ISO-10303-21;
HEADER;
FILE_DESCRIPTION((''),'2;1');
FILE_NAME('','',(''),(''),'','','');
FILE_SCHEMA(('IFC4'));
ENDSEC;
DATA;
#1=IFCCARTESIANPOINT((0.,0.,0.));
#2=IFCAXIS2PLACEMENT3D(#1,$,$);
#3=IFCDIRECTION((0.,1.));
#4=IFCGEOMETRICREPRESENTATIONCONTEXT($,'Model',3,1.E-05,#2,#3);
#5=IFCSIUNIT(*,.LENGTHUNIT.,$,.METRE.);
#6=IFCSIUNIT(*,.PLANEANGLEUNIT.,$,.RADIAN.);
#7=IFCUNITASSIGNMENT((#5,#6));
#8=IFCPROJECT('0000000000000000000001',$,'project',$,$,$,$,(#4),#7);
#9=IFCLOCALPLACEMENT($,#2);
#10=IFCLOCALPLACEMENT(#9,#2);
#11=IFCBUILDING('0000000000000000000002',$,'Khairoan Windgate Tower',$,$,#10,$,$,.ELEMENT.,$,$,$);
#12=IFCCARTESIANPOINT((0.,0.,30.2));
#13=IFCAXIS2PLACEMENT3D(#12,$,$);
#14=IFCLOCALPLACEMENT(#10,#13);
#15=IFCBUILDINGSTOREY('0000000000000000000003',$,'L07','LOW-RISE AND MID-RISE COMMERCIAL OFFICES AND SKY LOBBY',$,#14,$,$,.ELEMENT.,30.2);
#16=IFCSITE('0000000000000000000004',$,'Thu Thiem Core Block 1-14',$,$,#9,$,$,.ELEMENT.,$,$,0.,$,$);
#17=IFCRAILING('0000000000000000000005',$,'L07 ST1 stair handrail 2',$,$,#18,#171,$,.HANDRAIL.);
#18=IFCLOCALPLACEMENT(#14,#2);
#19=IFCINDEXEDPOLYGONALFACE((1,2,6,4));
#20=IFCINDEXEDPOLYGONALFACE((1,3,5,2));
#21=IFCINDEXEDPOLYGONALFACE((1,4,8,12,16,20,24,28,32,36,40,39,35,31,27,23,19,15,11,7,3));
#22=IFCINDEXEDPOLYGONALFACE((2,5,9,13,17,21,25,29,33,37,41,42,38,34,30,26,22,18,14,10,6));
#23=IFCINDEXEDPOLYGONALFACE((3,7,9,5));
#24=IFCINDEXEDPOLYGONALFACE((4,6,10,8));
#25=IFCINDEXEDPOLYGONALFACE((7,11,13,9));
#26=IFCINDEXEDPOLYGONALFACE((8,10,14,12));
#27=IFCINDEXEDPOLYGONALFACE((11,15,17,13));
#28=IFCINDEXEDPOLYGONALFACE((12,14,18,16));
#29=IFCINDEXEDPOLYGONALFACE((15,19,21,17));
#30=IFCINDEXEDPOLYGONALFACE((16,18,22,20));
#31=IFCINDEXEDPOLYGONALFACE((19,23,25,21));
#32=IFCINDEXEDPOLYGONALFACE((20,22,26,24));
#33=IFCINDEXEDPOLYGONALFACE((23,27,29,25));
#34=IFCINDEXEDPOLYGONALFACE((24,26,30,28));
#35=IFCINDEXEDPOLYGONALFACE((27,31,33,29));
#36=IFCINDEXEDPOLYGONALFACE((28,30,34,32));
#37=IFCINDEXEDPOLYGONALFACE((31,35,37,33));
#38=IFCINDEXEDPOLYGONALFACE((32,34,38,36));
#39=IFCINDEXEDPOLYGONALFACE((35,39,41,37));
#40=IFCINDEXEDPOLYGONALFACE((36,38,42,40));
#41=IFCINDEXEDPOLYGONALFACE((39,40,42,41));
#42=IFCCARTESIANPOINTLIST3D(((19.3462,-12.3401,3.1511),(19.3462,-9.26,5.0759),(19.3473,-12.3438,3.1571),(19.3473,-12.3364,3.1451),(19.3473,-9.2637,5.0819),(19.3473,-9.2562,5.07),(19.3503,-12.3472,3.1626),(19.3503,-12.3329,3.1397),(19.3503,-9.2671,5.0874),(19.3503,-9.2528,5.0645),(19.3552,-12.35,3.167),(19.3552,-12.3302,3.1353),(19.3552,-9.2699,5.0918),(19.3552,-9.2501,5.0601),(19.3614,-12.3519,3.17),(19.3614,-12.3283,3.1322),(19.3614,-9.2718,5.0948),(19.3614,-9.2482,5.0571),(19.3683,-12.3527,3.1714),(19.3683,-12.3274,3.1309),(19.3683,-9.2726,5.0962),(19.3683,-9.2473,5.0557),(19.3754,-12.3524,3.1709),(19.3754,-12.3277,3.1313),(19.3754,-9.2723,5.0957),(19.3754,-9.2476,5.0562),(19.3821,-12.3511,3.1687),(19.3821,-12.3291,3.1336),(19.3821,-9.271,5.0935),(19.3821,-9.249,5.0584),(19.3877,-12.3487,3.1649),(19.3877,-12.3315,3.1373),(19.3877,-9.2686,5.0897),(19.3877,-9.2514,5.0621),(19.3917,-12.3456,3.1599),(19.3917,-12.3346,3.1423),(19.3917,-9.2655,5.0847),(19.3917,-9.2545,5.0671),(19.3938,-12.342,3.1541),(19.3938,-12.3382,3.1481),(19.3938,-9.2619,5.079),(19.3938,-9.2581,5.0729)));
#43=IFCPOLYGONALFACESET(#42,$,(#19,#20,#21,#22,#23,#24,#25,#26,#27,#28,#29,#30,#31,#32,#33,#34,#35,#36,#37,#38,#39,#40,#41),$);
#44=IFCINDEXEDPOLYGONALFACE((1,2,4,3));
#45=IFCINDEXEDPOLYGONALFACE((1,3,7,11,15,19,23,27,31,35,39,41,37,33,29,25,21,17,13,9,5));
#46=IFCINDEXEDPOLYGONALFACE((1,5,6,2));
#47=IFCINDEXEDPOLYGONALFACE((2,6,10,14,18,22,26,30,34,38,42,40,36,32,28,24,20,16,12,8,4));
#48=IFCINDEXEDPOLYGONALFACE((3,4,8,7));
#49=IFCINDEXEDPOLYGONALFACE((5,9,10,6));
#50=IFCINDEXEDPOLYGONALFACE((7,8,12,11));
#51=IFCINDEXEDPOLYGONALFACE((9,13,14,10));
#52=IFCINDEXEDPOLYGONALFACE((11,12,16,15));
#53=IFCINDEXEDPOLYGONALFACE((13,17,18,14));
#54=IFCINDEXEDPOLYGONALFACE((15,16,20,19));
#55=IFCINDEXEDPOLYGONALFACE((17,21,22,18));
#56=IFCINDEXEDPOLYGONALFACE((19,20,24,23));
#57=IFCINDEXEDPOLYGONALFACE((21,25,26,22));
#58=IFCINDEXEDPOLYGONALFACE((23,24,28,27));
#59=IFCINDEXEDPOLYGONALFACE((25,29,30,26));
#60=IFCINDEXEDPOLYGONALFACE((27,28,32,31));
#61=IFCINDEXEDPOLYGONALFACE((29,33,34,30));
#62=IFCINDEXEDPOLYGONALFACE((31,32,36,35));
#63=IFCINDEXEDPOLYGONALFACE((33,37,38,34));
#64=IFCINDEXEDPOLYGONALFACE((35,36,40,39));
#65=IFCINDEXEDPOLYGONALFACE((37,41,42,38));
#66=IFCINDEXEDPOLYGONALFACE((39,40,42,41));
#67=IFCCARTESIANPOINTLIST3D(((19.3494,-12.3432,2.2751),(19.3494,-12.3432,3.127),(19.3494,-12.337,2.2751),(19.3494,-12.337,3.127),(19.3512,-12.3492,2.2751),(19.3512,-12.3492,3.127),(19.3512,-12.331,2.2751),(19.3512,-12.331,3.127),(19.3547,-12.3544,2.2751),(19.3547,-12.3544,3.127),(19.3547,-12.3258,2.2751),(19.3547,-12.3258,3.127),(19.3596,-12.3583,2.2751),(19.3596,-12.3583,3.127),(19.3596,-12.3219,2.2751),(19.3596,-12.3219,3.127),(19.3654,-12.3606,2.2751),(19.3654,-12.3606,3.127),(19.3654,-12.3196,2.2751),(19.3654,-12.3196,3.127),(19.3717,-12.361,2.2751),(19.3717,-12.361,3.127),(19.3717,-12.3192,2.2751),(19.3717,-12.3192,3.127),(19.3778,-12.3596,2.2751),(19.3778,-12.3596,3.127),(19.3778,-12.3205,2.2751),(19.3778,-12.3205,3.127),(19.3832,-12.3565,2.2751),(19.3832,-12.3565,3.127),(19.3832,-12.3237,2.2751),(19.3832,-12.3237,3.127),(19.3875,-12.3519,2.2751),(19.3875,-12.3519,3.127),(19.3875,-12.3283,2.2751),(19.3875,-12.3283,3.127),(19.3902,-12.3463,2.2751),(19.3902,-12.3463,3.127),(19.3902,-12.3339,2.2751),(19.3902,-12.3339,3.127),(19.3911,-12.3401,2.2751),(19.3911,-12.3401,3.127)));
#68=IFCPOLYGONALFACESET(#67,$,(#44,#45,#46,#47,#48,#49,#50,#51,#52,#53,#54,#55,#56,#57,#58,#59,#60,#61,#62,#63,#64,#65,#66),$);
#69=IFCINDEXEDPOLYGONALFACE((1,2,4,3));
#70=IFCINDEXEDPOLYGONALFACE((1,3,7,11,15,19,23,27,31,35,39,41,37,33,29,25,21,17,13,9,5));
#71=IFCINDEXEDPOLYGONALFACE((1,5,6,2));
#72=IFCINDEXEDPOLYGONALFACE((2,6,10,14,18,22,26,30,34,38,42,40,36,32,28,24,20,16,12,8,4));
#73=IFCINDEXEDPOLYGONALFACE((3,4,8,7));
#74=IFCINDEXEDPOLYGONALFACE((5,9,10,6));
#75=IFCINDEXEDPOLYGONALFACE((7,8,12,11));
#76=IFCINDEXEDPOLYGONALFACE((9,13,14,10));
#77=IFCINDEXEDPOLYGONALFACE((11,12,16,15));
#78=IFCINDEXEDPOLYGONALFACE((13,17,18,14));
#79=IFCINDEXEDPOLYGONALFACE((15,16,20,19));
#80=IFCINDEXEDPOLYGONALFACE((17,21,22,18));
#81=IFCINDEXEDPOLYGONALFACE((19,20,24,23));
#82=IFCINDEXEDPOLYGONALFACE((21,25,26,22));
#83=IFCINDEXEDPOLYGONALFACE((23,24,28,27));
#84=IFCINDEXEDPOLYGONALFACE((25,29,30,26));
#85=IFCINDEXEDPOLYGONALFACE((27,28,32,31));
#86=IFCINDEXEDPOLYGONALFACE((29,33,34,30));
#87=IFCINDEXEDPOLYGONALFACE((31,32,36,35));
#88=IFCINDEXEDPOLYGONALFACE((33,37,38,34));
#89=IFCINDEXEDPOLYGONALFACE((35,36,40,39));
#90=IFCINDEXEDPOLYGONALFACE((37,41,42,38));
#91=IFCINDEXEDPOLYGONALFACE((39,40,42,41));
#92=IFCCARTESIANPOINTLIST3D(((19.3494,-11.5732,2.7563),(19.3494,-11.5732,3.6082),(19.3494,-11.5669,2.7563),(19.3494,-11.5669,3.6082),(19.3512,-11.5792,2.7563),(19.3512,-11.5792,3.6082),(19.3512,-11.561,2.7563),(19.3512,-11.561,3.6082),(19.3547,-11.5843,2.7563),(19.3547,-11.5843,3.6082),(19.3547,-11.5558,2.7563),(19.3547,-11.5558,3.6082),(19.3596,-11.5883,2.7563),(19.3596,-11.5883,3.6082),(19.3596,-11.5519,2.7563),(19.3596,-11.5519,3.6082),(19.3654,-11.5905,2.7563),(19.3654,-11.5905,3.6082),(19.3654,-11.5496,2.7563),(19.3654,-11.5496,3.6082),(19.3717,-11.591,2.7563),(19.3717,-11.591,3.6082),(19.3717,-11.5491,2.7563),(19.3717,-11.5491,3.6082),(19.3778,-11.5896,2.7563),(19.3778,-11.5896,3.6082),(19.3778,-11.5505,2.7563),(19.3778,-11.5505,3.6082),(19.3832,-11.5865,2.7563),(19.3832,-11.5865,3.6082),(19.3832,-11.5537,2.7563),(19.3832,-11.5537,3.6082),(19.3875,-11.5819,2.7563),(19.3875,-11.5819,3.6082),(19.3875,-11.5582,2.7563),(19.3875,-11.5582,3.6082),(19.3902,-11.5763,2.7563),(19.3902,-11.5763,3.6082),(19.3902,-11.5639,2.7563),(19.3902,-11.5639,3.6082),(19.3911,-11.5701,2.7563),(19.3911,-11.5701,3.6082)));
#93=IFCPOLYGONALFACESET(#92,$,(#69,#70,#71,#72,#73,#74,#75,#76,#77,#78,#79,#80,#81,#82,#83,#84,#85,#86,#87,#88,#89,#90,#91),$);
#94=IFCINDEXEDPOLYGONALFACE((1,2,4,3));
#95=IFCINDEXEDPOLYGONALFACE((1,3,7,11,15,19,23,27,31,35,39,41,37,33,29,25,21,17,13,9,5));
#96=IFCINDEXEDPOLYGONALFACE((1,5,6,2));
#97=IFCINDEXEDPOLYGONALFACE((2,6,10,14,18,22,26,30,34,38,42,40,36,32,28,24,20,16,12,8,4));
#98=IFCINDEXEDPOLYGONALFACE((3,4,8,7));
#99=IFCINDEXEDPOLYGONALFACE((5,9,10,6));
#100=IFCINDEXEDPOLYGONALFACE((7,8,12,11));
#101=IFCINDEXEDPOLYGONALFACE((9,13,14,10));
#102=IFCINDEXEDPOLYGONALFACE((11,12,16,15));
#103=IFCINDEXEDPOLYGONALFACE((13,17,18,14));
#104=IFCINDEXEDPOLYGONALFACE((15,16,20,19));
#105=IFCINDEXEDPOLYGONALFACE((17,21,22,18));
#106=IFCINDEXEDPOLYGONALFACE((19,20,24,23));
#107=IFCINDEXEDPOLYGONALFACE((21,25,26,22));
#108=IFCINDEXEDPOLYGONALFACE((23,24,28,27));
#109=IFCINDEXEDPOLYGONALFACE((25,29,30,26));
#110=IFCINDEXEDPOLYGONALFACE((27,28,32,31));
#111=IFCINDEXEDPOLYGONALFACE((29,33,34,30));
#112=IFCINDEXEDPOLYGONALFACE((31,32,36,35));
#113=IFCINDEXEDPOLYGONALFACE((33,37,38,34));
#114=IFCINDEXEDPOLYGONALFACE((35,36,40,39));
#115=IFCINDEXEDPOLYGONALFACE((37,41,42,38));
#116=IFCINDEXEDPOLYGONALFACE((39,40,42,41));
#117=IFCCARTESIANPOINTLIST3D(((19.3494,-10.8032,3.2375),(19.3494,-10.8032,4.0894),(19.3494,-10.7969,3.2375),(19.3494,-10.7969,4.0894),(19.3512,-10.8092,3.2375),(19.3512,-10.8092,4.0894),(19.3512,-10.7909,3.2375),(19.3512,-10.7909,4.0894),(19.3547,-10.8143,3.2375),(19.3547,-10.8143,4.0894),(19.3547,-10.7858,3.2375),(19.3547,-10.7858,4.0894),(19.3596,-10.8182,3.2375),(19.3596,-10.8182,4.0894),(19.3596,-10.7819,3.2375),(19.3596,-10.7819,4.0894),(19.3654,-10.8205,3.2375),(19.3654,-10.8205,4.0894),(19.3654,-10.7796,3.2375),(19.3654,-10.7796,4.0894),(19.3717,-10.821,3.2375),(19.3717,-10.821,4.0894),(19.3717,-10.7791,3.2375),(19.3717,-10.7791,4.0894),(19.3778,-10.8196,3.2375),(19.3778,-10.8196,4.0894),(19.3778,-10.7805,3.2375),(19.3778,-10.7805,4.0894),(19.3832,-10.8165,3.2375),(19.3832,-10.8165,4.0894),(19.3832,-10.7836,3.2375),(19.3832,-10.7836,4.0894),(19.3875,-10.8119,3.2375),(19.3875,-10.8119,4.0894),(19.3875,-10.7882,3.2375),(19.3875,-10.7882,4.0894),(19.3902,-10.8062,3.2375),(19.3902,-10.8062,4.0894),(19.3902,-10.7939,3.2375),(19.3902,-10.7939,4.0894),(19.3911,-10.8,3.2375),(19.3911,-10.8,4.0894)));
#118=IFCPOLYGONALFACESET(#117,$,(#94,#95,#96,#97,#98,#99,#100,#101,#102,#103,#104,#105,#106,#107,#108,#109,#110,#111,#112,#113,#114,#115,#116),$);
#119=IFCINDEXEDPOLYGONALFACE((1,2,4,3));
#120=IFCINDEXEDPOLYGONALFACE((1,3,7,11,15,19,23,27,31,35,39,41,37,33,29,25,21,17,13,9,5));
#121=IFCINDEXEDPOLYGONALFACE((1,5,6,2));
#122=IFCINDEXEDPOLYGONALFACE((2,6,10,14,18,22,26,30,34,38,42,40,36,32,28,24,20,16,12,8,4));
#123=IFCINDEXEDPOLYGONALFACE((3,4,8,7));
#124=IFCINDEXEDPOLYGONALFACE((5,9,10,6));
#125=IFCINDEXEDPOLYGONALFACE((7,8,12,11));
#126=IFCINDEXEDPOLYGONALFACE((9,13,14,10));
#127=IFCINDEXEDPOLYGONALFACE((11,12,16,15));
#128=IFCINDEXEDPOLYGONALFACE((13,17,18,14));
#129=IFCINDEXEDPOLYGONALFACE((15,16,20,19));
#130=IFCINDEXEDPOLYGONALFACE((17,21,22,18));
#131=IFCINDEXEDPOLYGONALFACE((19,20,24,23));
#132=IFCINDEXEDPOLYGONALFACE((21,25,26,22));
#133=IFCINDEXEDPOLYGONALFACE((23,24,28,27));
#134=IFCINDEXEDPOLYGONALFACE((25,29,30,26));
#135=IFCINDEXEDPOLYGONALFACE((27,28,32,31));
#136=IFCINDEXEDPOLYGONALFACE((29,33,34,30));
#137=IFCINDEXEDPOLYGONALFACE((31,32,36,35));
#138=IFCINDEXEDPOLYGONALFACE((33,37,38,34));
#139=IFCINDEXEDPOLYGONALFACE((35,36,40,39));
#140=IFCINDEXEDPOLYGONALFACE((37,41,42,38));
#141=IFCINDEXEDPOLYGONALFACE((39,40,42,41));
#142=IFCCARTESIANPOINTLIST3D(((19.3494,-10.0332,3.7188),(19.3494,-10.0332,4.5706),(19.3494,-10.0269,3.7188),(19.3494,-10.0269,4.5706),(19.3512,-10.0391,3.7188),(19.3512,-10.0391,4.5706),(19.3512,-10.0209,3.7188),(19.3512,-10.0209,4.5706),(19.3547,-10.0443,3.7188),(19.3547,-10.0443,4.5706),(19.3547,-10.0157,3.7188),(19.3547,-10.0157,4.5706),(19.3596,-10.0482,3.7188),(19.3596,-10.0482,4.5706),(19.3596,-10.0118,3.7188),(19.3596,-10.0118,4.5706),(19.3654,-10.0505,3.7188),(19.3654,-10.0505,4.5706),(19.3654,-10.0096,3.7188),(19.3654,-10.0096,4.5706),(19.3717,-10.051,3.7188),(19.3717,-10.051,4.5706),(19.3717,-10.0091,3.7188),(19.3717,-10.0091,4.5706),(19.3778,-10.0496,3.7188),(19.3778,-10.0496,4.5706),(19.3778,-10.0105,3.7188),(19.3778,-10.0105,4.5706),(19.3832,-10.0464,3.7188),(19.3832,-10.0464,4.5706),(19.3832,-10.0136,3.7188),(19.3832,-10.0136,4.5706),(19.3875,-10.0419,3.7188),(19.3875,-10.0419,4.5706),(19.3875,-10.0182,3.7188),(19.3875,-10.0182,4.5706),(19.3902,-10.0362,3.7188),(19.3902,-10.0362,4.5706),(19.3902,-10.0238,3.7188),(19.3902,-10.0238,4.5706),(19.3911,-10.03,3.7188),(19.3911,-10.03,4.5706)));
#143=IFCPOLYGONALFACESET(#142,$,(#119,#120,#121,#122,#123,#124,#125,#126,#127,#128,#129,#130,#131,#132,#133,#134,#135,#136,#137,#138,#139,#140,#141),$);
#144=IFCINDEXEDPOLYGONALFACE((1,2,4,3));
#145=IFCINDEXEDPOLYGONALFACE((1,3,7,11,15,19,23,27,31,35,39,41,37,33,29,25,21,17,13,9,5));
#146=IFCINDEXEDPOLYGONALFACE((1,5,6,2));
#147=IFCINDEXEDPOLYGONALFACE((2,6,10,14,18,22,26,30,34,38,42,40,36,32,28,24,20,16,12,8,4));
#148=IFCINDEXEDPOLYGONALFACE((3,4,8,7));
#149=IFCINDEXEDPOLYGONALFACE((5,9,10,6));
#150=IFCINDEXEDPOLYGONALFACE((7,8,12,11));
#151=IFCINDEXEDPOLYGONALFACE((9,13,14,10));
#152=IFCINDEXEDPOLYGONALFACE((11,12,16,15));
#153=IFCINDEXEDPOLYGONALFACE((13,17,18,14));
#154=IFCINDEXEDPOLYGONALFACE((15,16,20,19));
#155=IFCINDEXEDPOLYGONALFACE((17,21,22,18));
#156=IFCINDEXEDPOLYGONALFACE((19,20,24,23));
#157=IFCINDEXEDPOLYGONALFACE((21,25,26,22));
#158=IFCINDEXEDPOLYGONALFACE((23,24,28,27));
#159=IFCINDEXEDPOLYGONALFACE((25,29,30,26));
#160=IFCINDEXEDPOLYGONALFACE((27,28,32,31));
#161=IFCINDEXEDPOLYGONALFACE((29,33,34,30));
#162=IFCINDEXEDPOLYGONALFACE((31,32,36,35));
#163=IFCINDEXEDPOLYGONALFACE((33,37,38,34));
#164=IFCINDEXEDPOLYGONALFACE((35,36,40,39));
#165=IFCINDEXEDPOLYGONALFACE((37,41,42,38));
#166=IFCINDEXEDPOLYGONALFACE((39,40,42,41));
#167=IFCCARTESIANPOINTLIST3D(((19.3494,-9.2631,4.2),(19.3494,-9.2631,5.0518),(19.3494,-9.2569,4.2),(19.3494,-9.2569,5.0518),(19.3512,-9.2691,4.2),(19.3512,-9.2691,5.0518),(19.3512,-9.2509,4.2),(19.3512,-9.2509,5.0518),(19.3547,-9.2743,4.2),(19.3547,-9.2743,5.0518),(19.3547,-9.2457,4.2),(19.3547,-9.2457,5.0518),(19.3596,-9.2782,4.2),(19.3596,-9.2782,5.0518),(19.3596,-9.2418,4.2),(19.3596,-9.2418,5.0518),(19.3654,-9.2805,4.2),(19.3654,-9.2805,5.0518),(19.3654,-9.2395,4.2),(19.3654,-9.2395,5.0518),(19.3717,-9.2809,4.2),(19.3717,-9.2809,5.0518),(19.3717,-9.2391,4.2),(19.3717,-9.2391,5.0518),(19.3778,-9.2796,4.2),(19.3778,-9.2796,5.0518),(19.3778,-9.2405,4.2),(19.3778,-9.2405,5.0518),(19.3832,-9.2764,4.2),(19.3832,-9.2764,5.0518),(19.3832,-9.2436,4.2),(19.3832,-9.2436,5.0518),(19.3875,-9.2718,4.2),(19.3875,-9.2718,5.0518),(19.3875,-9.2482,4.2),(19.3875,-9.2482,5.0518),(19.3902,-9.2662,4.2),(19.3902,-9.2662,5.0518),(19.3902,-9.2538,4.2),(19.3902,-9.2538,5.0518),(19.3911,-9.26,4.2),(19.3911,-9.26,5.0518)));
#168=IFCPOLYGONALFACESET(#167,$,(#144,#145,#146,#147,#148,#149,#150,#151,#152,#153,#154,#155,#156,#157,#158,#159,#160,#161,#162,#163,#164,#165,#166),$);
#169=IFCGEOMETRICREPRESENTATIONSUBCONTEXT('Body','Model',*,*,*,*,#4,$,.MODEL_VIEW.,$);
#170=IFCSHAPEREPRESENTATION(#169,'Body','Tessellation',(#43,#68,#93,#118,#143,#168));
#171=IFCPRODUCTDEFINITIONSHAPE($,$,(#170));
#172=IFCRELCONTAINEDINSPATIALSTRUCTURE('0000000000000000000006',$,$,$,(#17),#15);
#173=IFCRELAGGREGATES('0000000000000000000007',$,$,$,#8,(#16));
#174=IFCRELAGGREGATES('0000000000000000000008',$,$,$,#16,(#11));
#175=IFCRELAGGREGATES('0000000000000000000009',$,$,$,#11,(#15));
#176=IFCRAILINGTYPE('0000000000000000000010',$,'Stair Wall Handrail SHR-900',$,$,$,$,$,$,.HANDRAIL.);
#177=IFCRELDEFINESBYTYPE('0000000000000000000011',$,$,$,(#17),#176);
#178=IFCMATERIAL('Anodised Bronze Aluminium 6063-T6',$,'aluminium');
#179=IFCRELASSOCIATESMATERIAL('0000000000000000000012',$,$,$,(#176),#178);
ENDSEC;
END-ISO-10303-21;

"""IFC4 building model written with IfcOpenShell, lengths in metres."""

from ifc_helpers import new_model, si_unit, direction, frame, origin, origin_2d, place, context, subcontext, project, spatial, circle, extrude, material, type_object, element, save


model = new_model("IFC4")

# Units and contexts
model_context = context("Model", 3, precision=1e-05, world=origin(), true_north=direction((0.0, 1.0)))
body_context = subcontext(model_context, "Body", "Model", "MODEL_VIEW")
ifc_project = project(units=[si_unit("LENGTHUNIT", "METRE"), si_unit("PLANEANGLEUNIT", "RADIAN")], contexts=[model_context])

# Site, building, storey
site_placement = place(None, origin())
site = spatial("IfcSite", under=ifc_project, at=site_placement, Name="Thu Thiem Core Block 1-14", CompositionType="ELEMENT", RefElevation=0.0)
building_placement = place(site_placement, origin())
building = spatial("IfcBuilding", under=site, at=building_placement, Name="Khairoan Windgate Tower", CompositionType="ELEMENT")
storey_placement = place(building_placement, frame((0.0, 0.0, 30.2)))
storey = spatial("IfcBuildingStorey", under=building, at=storey_placement, Name="L07", Description="LOW-RISE AND MID-RISE COMMERCIAL OFFICES AND SKY LOBBY", CompositionType="ELEMENT", Elevation=30.2)

# Railing
ifc_material_1 = material(Name="Anodised Bronze Aluminium 6063-T6", Category="aluminium")
railing_type_1 = type_object("IfcRailingType", Name="Stair Wall Handrail SHR-900", PredefinedType="HANDRAIL", material=ifc_material_1)
railing_1_placement = place(storey_placement, frame((19.3701, -12.3401, 2.2751)))
element("IfcRailing", 1, at=railing_1_placement, inside=storey, type_object=railing_type_1, Name="L07 ST1 stair handrail 2", PredefinedType="HANDRAIL", context=body_context, shape_type="SweptSolid", body=[
    extrude(circle(Radius=0.0239, at=origin_2d()), frame((0.0, 0.0, 0.876), z_axis=(0.0, 0.848029, 0.529951), x_axis=(-1.0, 0.0, 0.0)), (0.0, 0.0, 1.0), 3.6321),
    extrude(circle(Radius=0.021, at=origin_2d()), origin(), (0.0, 0.0, 1.0), 0.8518),
    extrude(circle(Radius=0.021, at=origin_2d()), frame((0.0, 0.77, 0.4812)), (0.0, 0.0, 1.0), 0.8518),
    extrude(circle(Radius=0.021, at=origin_2d()), frame((0.0, 1.54, 0.9624)), (0.0, 0.0, 1.0), 0.8518),
    extrude(circle(Radius=0.021, at=origin_2d()), frame((0.0, 2.3101, 1.4436)), (0.0, 0.0, 1.0), 0.8518),
    extrude(circle(Radius=0.021, at=origin_2d()), frame((0.0, 3.0801, 1.9248)), (0.0, 0.0, 1.0), 0.8518),
])

save(model, "model.ifc")
